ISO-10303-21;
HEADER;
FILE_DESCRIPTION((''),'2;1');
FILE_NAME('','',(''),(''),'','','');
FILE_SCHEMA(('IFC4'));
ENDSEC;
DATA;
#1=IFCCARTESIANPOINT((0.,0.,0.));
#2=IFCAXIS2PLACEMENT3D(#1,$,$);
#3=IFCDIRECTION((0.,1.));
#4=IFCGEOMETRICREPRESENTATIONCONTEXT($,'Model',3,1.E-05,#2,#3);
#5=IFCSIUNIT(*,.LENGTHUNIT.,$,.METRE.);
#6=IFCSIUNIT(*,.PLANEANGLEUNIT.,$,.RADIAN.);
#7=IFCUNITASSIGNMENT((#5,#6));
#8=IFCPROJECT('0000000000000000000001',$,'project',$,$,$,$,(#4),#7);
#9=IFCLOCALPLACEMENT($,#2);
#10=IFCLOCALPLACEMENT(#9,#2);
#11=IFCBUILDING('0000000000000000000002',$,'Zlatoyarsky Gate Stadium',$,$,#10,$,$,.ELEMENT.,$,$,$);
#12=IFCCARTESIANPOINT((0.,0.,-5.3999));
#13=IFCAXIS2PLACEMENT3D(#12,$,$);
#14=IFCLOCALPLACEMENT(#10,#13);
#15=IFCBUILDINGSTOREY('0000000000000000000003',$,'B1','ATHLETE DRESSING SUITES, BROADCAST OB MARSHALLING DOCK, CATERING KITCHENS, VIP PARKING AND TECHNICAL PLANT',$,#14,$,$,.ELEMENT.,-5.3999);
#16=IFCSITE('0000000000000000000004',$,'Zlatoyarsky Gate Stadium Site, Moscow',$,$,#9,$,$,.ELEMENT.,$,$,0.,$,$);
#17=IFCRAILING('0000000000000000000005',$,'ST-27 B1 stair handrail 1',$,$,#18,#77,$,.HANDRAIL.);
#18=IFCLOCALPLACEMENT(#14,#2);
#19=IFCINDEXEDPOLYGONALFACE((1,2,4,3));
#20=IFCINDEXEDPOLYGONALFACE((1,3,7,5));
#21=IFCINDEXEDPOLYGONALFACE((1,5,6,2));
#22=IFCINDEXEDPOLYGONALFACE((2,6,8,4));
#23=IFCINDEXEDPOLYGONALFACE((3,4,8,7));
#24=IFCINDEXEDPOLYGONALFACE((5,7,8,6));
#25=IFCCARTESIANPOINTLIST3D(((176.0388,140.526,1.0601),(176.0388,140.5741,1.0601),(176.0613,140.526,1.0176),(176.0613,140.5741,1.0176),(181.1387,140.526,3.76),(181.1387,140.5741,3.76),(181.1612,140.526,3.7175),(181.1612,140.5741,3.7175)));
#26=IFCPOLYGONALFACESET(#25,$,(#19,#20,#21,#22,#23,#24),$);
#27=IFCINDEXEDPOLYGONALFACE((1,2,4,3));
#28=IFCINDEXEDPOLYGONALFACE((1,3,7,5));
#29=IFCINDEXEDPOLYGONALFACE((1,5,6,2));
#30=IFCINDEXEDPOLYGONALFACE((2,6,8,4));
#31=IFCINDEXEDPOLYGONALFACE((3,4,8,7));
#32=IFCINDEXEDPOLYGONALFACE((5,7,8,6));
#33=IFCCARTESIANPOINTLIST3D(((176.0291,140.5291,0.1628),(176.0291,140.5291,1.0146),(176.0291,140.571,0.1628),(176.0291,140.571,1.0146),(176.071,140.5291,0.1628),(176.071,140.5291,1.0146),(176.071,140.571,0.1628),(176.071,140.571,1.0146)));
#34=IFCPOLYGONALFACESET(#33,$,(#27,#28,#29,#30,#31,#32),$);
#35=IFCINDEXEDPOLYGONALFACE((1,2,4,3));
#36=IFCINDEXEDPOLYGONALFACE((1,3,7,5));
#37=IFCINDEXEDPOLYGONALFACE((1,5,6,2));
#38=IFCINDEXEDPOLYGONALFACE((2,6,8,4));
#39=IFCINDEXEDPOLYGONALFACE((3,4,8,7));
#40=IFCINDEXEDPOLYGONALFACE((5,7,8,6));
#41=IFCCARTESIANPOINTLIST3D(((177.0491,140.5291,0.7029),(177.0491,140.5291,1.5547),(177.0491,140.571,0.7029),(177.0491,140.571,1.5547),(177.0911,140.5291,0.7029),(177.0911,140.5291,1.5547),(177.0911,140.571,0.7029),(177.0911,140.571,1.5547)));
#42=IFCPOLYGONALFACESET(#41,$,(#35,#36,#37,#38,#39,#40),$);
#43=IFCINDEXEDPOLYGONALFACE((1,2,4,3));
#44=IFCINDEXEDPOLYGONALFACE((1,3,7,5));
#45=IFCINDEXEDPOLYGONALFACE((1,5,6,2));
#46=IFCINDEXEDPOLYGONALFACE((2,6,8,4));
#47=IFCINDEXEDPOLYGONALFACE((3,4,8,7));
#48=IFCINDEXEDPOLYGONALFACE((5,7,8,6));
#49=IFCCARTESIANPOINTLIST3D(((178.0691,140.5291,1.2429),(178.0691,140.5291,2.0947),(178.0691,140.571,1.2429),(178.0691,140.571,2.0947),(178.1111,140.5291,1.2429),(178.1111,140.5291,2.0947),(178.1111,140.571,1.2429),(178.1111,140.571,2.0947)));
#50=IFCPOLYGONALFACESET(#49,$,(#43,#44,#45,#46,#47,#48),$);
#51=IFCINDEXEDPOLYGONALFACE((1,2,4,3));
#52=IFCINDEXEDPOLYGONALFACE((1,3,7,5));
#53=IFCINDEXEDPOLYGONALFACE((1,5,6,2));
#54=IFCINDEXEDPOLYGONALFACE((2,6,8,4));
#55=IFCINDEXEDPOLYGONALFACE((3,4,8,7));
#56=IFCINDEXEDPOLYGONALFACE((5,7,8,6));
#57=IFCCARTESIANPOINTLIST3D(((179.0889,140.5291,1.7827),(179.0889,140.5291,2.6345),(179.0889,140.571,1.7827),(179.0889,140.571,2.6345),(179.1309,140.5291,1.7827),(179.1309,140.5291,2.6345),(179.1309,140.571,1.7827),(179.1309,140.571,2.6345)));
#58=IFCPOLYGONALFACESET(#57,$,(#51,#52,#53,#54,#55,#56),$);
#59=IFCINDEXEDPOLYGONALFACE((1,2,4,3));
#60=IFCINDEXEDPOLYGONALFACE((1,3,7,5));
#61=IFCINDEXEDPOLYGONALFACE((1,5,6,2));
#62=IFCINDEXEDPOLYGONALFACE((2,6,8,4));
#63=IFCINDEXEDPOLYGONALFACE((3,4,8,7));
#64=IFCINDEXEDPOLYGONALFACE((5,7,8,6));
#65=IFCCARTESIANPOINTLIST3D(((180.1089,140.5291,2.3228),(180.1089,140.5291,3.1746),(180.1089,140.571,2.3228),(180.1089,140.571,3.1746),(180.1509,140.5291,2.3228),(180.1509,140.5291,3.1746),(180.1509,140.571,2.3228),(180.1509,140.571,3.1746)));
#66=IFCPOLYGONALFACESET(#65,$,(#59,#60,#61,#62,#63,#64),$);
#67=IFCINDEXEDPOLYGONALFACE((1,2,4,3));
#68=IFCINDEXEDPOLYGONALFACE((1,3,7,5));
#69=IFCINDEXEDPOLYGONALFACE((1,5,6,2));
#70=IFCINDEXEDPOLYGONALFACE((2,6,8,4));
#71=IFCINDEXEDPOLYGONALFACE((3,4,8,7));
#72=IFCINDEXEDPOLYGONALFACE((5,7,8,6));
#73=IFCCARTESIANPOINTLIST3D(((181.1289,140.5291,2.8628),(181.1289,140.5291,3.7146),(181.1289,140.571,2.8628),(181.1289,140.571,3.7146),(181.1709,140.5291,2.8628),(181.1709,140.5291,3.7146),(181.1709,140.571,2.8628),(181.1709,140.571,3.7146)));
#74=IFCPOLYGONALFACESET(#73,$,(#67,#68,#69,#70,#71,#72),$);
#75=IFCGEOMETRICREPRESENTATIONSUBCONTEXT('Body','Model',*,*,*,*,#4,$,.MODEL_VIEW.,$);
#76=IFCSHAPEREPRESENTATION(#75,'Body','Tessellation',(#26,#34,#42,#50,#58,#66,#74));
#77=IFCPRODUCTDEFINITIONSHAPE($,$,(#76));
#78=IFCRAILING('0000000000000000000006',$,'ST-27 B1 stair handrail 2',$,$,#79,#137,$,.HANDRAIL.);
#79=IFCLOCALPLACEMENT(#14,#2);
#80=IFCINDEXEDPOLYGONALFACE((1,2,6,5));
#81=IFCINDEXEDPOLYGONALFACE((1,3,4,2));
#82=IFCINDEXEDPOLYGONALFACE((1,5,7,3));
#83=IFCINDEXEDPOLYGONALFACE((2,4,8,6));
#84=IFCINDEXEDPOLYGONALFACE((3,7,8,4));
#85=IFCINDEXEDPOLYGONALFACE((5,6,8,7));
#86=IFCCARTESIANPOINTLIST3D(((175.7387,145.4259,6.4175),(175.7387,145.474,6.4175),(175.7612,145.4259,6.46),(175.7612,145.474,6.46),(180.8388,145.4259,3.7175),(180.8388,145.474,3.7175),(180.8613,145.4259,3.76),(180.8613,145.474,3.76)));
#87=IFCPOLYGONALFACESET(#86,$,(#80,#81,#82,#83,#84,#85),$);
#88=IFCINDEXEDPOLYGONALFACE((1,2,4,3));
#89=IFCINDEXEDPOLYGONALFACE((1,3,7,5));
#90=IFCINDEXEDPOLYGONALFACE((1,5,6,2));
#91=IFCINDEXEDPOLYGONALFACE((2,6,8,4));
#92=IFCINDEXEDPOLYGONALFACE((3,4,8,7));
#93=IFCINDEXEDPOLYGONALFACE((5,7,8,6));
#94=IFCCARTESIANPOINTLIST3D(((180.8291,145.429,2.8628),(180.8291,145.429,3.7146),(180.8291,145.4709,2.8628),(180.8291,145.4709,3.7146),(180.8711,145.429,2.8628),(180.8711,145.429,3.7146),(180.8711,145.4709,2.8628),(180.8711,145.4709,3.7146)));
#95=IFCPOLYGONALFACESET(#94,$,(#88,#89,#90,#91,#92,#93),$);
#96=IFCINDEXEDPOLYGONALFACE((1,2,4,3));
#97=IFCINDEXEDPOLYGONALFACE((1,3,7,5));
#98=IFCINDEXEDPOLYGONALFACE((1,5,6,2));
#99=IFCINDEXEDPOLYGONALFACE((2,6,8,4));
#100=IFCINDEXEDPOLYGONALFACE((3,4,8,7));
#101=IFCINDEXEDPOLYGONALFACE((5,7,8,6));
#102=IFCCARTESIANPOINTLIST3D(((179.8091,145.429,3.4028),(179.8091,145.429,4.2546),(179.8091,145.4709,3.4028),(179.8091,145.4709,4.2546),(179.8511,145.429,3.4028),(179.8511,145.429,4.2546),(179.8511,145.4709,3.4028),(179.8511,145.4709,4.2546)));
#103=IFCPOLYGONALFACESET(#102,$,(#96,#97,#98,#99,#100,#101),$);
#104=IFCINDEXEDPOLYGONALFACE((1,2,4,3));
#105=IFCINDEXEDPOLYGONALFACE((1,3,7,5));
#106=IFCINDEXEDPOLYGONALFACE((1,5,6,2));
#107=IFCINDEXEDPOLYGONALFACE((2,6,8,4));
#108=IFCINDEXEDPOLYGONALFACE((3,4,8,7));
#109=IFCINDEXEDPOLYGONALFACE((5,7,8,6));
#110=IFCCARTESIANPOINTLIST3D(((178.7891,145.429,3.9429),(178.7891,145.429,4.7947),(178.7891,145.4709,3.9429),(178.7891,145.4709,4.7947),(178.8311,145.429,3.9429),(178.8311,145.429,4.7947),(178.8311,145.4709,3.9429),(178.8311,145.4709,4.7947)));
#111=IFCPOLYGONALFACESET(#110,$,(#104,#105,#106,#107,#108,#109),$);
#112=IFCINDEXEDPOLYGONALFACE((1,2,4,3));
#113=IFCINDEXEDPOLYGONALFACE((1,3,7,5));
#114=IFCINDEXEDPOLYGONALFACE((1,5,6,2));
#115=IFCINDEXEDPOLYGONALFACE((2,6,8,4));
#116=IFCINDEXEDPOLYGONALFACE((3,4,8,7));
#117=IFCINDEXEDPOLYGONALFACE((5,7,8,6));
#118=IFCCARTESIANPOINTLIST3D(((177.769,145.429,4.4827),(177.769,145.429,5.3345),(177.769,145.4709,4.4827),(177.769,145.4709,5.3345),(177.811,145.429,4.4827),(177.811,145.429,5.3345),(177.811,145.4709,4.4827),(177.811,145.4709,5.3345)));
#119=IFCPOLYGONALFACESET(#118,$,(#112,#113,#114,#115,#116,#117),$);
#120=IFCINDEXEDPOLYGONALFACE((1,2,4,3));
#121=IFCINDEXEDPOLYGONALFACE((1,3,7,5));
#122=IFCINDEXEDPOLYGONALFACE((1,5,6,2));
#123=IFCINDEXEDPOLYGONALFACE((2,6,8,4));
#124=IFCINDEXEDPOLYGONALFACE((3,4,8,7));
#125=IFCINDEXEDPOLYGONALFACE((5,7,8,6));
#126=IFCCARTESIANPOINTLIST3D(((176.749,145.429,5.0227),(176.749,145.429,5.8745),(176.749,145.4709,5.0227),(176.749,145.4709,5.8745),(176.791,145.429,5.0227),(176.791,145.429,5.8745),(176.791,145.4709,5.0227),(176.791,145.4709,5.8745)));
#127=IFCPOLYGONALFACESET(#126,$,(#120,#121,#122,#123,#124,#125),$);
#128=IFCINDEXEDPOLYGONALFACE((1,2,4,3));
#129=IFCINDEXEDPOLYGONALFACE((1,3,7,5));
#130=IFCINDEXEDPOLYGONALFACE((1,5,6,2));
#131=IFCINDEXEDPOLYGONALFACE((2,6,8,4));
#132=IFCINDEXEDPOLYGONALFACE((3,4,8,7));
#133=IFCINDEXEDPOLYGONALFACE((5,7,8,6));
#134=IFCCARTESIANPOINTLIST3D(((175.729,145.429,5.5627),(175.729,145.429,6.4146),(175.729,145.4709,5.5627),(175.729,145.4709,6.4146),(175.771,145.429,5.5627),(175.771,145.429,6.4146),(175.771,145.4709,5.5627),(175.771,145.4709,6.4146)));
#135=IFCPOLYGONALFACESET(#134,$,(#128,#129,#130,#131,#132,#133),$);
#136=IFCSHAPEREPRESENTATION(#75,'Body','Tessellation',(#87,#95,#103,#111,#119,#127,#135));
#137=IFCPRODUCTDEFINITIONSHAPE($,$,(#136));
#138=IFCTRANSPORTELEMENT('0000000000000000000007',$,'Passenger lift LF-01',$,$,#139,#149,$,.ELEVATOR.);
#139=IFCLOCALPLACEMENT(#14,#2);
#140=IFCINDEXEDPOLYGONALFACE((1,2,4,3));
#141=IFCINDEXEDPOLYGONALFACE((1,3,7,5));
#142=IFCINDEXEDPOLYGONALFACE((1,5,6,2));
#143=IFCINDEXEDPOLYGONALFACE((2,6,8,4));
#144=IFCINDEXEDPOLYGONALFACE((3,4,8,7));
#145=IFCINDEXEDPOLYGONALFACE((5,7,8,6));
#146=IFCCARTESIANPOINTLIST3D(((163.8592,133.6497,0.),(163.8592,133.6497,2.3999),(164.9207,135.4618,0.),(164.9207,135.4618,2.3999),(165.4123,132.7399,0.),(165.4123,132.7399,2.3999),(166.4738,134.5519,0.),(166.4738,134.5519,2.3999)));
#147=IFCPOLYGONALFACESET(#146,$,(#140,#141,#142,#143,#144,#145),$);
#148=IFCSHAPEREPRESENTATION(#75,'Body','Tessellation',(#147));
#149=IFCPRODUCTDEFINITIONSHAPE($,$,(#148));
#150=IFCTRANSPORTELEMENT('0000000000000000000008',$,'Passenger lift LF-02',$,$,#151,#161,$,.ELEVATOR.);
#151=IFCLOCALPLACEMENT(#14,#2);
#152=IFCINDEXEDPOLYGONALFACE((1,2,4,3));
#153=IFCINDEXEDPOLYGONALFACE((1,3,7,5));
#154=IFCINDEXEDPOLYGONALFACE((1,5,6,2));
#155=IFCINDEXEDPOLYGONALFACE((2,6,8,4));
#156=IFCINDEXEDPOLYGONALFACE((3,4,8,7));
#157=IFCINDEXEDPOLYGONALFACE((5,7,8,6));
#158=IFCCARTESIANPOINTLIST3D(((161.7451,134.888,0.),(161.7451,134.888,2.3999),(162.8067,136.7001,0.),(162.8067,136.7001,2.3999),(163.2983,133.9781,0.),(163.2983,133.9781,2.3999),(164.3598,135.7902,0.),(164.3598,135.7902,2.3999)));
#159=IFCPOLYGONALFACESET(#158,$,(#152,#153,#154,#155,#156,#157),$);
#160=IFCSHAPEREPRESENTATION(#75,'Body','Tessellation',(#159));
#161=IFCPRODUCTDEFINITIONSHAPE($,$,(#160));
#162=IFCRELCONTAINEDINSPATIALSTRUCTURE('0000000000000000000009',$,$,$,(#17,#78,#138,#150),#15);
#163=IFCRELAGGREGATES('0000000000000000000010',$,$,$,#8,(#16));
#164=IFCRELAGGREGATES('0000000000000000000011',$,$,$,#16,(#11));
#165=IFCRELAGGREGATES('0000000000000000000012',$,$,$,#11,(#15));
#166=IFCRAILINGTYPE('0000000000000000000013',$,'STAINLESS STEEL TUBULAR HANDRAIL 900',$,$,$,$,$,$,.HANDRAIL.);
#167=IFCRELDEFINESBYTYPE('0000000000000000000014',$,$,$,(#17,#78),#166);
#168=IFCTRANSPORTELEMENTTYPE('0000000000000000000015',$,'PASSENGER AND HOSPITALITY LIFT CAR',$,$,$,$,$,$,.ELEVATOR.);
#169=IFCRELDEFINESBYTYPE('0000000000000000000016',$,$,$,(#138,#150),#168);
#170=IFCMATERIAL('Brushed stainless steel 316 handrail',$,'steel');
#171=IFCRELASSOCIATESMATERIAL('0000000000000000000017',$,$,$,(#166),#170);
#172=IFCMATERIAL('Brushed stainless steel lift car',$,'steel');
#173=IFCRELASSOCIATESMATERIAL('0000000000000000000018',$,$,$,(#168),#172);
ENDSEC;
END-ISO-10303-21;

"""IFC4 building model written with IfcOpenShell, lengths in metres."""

from ifc_helpers import new_model, si_unit, direction, frame, origin, origin_2d, place, context, subcontext, project, spatial, rectangle, extrude, material, type_object, element, save


model = new_model("IFC4")

# Units and contexts
model_context = context("Model", 3, precision=1e-05, world=origin(), true_north=direction((0.0, 1.0)))
body_context = subcontext(model_context, "Body", "Model", "MODEL_VIEW")
ifc_project = project(units=[si_unit("LENGTHUNIT", "METRE"), si_unit("PLANEANGLEUNIT", "RADIAN")], contexts=[model_context])

# Site, building, storey
site_placement = place(None, origin())
site = spatial("IfcSite", under=ifc_project, at=site_placement, Name="Zlatoyarsky Gate Stadium Site, Moscow", CompositionType="ELEMENT", RefElevation=0.0)
building_placement = place(site_placement, origin())
building = spatial("IfcBuilding", under=site, at=building_placement, Name="Zlatoyarsky Gate Stadium", CompositionType="ELEMENT")
storey_placement = place(building_placement, frame((0.0, 0.0, -5.3999)))
storey = spatial("IfcBuildingStorey", under=building, at=storey_placement, Name="B1", Description="ATHLETE DRESSING SUITES, BROADCAST OB MARSHALLING DOCK, CATERING KITCHENS, VIP PARKING AND TECHNICAL PLANT", CompositionType="ELEMENT", Elevation=-5.3999)

# Railings
ifc_material_1 = material(Name="Brushed stainless steel 316 handrail", Category="steel")
railing_type_1 = type_object("IfcRailingType", Name="STAINLESS STEEL TUBULAR HANDRAIL 900", PredefinedType="HANDRAIL", material=ifc_material_1)
railing_1_placement = place(storey_placement, frame((176.05, 140.55, 0.1628)))
element("IfcRailing", 1, at=railing_1_placement, inside=storey, type_object=railing_type_1, Name="ST-27 B1 stair handrail 1", PredefinedType="HANDRAIL", context=body_context, shape_type="SweptSolid", body=[
    extrude(rectangle(XDim=0.0481, YDim=0.0481, at=origin_2d()), frame((0.0, 0.0, 0.876), z_axis=(0.883786, 0.0, 0.467892), x_axis=(0.0, 1.0, 0.0)), (0.0, 0.0, 1.0), 5.7705),
    extrude(rectangle(XDim=0.042, YDim=0.042, at=origin_2d()), origin(), (0.0, 0.0, 1.0), 0.8518),
    extrude(rectangle(XDim=0.042, YDim=0.042, at=origin_2d()), frame((1.02, 0.0, 0.54)), (0.0, 0.0, 1.0), 0.8518),
    extrude(rectangle(XDim=0.042, YDim=0.042, at=origin_2d()), frame((2.04, 0.0, 1.0801)), (0.0, 0.0, 1.0), 0.8518),
    extrude(rectangle(XDim=0.042, YDim=0.042, at=origin_2d()), frame((3.0598, 0.0, 1.6199)), (0.0, 0.0, 1.0), 0.8518),
    extrude(rectangle(XDim=0.042, YDim=0.042, at=origin_2d()), frame((4.0798, 0.0, 2.1599)), (0.0, 0.0, 1.0), 0.8518),
    extrude(rectangle(XDim=0.042, YDim=0.042, at=origin_2d()), frame((5.0999, 0.0, 2.7)), (0.0, 0.0, 1.0), 0.8518),
])
railing_2_placement = place(storey_placement, frame((180.8501, 145.45, 2.8628)))
element("IfcRailing", 2, at=railing_2_placement, inside=storey, type_object=railing_type_1, Name="ST-27 B1 stair handrail 2", PredefinedType="HANDRAIL", context=body_context, shape_type="SweptSolid", body=[
    extrude(rectangle(XDim=0.0481, YDim=0.0481, at=origin_2d()), frame((0.0, 0.0, 0.876), z_axis=(-0.883795, 0.0, 0.467874), x_axis=(0.0, -1.0, 0.0)), (0.0, 0.0, 1.0), 5.7708),
    extrude(rectangle(XDim=0.042, YDim=0.042, at=origin_2d()), origin(), (0.0, 0.0, 1.0), 0.8518),
    extrude(rectangle(XDim=0.042, YDim=0.042, at=origin_2d()), frame((-1.02, 0.0, 0.54)), (0.0, 0.0, 1.0), 0.8518),
    extrude(rectangle(XDim=0.042, YDim=0.042, at=origin_2d()), frame((-2.04, 0.0, 1.0801)), (0.0, 0.0, 1.0), 0.8518),
    extrude(rectangle(XDim=0.042, YDim=0.042, at=origin_2d()), frame((-3.0601, 0.0, 1.6199)), (0.0, 0.0, 1.0), 0.8518),
    extrude(rectangle(XDim=0.042, YDim=0.042, at=origin_2d()), frame((-4.0801, 0.0, 2.1599)), (0.0, 0.0, 1.0), 0.8518),
    extrude(rectangle(XDim=0.042, YDim=0.042, at=origin_2d()), frame((-5.1001, 0.0, 2.7)), (0.0, 0.0, 1.0), 0.8518),
])

# Transport elements
ifc_material_2 = material(Name="Brushed stainless steel lift car", Category="steel")
transport_element_type = type_object("IfcTransportElementType", Name="PASSENGER AND HOSPITALITY LIFT CAR", PredefinedType="ELEVATOR", material=ifc_material_2)
for number, where, z_axis, x_axis, name in (
    (3, (165.1665, 134.1008, 0.0), (0.0, 0.0, 1.0), (-0.862848, 0.505463, 0.0), "Passenger lift LF-01"),
    (4, (163.0525, 135.3391, 0.0), (0.0, 0.0, 1.0), (-0.862848, 0.505463, 0.0), "Passenger lift LF-02"),
):
    element("IfcTransportElement", number, at=place(storey_placement, frame(where, z_axis=z_axis, x_axis=x_axis)), inside=storey, type_object=transport_element_type, Name=name, PredefinedType="ELEVATOR", context=body_context, shape_type="SweptSolid", body=[
        extrude(rectangle(XDim=1.8, YDim=2.1001, at=origin_2d()), origin(), (0.0, 0.0, 1.0), 2.3999),
    ])

save(model, "model.ifc")
